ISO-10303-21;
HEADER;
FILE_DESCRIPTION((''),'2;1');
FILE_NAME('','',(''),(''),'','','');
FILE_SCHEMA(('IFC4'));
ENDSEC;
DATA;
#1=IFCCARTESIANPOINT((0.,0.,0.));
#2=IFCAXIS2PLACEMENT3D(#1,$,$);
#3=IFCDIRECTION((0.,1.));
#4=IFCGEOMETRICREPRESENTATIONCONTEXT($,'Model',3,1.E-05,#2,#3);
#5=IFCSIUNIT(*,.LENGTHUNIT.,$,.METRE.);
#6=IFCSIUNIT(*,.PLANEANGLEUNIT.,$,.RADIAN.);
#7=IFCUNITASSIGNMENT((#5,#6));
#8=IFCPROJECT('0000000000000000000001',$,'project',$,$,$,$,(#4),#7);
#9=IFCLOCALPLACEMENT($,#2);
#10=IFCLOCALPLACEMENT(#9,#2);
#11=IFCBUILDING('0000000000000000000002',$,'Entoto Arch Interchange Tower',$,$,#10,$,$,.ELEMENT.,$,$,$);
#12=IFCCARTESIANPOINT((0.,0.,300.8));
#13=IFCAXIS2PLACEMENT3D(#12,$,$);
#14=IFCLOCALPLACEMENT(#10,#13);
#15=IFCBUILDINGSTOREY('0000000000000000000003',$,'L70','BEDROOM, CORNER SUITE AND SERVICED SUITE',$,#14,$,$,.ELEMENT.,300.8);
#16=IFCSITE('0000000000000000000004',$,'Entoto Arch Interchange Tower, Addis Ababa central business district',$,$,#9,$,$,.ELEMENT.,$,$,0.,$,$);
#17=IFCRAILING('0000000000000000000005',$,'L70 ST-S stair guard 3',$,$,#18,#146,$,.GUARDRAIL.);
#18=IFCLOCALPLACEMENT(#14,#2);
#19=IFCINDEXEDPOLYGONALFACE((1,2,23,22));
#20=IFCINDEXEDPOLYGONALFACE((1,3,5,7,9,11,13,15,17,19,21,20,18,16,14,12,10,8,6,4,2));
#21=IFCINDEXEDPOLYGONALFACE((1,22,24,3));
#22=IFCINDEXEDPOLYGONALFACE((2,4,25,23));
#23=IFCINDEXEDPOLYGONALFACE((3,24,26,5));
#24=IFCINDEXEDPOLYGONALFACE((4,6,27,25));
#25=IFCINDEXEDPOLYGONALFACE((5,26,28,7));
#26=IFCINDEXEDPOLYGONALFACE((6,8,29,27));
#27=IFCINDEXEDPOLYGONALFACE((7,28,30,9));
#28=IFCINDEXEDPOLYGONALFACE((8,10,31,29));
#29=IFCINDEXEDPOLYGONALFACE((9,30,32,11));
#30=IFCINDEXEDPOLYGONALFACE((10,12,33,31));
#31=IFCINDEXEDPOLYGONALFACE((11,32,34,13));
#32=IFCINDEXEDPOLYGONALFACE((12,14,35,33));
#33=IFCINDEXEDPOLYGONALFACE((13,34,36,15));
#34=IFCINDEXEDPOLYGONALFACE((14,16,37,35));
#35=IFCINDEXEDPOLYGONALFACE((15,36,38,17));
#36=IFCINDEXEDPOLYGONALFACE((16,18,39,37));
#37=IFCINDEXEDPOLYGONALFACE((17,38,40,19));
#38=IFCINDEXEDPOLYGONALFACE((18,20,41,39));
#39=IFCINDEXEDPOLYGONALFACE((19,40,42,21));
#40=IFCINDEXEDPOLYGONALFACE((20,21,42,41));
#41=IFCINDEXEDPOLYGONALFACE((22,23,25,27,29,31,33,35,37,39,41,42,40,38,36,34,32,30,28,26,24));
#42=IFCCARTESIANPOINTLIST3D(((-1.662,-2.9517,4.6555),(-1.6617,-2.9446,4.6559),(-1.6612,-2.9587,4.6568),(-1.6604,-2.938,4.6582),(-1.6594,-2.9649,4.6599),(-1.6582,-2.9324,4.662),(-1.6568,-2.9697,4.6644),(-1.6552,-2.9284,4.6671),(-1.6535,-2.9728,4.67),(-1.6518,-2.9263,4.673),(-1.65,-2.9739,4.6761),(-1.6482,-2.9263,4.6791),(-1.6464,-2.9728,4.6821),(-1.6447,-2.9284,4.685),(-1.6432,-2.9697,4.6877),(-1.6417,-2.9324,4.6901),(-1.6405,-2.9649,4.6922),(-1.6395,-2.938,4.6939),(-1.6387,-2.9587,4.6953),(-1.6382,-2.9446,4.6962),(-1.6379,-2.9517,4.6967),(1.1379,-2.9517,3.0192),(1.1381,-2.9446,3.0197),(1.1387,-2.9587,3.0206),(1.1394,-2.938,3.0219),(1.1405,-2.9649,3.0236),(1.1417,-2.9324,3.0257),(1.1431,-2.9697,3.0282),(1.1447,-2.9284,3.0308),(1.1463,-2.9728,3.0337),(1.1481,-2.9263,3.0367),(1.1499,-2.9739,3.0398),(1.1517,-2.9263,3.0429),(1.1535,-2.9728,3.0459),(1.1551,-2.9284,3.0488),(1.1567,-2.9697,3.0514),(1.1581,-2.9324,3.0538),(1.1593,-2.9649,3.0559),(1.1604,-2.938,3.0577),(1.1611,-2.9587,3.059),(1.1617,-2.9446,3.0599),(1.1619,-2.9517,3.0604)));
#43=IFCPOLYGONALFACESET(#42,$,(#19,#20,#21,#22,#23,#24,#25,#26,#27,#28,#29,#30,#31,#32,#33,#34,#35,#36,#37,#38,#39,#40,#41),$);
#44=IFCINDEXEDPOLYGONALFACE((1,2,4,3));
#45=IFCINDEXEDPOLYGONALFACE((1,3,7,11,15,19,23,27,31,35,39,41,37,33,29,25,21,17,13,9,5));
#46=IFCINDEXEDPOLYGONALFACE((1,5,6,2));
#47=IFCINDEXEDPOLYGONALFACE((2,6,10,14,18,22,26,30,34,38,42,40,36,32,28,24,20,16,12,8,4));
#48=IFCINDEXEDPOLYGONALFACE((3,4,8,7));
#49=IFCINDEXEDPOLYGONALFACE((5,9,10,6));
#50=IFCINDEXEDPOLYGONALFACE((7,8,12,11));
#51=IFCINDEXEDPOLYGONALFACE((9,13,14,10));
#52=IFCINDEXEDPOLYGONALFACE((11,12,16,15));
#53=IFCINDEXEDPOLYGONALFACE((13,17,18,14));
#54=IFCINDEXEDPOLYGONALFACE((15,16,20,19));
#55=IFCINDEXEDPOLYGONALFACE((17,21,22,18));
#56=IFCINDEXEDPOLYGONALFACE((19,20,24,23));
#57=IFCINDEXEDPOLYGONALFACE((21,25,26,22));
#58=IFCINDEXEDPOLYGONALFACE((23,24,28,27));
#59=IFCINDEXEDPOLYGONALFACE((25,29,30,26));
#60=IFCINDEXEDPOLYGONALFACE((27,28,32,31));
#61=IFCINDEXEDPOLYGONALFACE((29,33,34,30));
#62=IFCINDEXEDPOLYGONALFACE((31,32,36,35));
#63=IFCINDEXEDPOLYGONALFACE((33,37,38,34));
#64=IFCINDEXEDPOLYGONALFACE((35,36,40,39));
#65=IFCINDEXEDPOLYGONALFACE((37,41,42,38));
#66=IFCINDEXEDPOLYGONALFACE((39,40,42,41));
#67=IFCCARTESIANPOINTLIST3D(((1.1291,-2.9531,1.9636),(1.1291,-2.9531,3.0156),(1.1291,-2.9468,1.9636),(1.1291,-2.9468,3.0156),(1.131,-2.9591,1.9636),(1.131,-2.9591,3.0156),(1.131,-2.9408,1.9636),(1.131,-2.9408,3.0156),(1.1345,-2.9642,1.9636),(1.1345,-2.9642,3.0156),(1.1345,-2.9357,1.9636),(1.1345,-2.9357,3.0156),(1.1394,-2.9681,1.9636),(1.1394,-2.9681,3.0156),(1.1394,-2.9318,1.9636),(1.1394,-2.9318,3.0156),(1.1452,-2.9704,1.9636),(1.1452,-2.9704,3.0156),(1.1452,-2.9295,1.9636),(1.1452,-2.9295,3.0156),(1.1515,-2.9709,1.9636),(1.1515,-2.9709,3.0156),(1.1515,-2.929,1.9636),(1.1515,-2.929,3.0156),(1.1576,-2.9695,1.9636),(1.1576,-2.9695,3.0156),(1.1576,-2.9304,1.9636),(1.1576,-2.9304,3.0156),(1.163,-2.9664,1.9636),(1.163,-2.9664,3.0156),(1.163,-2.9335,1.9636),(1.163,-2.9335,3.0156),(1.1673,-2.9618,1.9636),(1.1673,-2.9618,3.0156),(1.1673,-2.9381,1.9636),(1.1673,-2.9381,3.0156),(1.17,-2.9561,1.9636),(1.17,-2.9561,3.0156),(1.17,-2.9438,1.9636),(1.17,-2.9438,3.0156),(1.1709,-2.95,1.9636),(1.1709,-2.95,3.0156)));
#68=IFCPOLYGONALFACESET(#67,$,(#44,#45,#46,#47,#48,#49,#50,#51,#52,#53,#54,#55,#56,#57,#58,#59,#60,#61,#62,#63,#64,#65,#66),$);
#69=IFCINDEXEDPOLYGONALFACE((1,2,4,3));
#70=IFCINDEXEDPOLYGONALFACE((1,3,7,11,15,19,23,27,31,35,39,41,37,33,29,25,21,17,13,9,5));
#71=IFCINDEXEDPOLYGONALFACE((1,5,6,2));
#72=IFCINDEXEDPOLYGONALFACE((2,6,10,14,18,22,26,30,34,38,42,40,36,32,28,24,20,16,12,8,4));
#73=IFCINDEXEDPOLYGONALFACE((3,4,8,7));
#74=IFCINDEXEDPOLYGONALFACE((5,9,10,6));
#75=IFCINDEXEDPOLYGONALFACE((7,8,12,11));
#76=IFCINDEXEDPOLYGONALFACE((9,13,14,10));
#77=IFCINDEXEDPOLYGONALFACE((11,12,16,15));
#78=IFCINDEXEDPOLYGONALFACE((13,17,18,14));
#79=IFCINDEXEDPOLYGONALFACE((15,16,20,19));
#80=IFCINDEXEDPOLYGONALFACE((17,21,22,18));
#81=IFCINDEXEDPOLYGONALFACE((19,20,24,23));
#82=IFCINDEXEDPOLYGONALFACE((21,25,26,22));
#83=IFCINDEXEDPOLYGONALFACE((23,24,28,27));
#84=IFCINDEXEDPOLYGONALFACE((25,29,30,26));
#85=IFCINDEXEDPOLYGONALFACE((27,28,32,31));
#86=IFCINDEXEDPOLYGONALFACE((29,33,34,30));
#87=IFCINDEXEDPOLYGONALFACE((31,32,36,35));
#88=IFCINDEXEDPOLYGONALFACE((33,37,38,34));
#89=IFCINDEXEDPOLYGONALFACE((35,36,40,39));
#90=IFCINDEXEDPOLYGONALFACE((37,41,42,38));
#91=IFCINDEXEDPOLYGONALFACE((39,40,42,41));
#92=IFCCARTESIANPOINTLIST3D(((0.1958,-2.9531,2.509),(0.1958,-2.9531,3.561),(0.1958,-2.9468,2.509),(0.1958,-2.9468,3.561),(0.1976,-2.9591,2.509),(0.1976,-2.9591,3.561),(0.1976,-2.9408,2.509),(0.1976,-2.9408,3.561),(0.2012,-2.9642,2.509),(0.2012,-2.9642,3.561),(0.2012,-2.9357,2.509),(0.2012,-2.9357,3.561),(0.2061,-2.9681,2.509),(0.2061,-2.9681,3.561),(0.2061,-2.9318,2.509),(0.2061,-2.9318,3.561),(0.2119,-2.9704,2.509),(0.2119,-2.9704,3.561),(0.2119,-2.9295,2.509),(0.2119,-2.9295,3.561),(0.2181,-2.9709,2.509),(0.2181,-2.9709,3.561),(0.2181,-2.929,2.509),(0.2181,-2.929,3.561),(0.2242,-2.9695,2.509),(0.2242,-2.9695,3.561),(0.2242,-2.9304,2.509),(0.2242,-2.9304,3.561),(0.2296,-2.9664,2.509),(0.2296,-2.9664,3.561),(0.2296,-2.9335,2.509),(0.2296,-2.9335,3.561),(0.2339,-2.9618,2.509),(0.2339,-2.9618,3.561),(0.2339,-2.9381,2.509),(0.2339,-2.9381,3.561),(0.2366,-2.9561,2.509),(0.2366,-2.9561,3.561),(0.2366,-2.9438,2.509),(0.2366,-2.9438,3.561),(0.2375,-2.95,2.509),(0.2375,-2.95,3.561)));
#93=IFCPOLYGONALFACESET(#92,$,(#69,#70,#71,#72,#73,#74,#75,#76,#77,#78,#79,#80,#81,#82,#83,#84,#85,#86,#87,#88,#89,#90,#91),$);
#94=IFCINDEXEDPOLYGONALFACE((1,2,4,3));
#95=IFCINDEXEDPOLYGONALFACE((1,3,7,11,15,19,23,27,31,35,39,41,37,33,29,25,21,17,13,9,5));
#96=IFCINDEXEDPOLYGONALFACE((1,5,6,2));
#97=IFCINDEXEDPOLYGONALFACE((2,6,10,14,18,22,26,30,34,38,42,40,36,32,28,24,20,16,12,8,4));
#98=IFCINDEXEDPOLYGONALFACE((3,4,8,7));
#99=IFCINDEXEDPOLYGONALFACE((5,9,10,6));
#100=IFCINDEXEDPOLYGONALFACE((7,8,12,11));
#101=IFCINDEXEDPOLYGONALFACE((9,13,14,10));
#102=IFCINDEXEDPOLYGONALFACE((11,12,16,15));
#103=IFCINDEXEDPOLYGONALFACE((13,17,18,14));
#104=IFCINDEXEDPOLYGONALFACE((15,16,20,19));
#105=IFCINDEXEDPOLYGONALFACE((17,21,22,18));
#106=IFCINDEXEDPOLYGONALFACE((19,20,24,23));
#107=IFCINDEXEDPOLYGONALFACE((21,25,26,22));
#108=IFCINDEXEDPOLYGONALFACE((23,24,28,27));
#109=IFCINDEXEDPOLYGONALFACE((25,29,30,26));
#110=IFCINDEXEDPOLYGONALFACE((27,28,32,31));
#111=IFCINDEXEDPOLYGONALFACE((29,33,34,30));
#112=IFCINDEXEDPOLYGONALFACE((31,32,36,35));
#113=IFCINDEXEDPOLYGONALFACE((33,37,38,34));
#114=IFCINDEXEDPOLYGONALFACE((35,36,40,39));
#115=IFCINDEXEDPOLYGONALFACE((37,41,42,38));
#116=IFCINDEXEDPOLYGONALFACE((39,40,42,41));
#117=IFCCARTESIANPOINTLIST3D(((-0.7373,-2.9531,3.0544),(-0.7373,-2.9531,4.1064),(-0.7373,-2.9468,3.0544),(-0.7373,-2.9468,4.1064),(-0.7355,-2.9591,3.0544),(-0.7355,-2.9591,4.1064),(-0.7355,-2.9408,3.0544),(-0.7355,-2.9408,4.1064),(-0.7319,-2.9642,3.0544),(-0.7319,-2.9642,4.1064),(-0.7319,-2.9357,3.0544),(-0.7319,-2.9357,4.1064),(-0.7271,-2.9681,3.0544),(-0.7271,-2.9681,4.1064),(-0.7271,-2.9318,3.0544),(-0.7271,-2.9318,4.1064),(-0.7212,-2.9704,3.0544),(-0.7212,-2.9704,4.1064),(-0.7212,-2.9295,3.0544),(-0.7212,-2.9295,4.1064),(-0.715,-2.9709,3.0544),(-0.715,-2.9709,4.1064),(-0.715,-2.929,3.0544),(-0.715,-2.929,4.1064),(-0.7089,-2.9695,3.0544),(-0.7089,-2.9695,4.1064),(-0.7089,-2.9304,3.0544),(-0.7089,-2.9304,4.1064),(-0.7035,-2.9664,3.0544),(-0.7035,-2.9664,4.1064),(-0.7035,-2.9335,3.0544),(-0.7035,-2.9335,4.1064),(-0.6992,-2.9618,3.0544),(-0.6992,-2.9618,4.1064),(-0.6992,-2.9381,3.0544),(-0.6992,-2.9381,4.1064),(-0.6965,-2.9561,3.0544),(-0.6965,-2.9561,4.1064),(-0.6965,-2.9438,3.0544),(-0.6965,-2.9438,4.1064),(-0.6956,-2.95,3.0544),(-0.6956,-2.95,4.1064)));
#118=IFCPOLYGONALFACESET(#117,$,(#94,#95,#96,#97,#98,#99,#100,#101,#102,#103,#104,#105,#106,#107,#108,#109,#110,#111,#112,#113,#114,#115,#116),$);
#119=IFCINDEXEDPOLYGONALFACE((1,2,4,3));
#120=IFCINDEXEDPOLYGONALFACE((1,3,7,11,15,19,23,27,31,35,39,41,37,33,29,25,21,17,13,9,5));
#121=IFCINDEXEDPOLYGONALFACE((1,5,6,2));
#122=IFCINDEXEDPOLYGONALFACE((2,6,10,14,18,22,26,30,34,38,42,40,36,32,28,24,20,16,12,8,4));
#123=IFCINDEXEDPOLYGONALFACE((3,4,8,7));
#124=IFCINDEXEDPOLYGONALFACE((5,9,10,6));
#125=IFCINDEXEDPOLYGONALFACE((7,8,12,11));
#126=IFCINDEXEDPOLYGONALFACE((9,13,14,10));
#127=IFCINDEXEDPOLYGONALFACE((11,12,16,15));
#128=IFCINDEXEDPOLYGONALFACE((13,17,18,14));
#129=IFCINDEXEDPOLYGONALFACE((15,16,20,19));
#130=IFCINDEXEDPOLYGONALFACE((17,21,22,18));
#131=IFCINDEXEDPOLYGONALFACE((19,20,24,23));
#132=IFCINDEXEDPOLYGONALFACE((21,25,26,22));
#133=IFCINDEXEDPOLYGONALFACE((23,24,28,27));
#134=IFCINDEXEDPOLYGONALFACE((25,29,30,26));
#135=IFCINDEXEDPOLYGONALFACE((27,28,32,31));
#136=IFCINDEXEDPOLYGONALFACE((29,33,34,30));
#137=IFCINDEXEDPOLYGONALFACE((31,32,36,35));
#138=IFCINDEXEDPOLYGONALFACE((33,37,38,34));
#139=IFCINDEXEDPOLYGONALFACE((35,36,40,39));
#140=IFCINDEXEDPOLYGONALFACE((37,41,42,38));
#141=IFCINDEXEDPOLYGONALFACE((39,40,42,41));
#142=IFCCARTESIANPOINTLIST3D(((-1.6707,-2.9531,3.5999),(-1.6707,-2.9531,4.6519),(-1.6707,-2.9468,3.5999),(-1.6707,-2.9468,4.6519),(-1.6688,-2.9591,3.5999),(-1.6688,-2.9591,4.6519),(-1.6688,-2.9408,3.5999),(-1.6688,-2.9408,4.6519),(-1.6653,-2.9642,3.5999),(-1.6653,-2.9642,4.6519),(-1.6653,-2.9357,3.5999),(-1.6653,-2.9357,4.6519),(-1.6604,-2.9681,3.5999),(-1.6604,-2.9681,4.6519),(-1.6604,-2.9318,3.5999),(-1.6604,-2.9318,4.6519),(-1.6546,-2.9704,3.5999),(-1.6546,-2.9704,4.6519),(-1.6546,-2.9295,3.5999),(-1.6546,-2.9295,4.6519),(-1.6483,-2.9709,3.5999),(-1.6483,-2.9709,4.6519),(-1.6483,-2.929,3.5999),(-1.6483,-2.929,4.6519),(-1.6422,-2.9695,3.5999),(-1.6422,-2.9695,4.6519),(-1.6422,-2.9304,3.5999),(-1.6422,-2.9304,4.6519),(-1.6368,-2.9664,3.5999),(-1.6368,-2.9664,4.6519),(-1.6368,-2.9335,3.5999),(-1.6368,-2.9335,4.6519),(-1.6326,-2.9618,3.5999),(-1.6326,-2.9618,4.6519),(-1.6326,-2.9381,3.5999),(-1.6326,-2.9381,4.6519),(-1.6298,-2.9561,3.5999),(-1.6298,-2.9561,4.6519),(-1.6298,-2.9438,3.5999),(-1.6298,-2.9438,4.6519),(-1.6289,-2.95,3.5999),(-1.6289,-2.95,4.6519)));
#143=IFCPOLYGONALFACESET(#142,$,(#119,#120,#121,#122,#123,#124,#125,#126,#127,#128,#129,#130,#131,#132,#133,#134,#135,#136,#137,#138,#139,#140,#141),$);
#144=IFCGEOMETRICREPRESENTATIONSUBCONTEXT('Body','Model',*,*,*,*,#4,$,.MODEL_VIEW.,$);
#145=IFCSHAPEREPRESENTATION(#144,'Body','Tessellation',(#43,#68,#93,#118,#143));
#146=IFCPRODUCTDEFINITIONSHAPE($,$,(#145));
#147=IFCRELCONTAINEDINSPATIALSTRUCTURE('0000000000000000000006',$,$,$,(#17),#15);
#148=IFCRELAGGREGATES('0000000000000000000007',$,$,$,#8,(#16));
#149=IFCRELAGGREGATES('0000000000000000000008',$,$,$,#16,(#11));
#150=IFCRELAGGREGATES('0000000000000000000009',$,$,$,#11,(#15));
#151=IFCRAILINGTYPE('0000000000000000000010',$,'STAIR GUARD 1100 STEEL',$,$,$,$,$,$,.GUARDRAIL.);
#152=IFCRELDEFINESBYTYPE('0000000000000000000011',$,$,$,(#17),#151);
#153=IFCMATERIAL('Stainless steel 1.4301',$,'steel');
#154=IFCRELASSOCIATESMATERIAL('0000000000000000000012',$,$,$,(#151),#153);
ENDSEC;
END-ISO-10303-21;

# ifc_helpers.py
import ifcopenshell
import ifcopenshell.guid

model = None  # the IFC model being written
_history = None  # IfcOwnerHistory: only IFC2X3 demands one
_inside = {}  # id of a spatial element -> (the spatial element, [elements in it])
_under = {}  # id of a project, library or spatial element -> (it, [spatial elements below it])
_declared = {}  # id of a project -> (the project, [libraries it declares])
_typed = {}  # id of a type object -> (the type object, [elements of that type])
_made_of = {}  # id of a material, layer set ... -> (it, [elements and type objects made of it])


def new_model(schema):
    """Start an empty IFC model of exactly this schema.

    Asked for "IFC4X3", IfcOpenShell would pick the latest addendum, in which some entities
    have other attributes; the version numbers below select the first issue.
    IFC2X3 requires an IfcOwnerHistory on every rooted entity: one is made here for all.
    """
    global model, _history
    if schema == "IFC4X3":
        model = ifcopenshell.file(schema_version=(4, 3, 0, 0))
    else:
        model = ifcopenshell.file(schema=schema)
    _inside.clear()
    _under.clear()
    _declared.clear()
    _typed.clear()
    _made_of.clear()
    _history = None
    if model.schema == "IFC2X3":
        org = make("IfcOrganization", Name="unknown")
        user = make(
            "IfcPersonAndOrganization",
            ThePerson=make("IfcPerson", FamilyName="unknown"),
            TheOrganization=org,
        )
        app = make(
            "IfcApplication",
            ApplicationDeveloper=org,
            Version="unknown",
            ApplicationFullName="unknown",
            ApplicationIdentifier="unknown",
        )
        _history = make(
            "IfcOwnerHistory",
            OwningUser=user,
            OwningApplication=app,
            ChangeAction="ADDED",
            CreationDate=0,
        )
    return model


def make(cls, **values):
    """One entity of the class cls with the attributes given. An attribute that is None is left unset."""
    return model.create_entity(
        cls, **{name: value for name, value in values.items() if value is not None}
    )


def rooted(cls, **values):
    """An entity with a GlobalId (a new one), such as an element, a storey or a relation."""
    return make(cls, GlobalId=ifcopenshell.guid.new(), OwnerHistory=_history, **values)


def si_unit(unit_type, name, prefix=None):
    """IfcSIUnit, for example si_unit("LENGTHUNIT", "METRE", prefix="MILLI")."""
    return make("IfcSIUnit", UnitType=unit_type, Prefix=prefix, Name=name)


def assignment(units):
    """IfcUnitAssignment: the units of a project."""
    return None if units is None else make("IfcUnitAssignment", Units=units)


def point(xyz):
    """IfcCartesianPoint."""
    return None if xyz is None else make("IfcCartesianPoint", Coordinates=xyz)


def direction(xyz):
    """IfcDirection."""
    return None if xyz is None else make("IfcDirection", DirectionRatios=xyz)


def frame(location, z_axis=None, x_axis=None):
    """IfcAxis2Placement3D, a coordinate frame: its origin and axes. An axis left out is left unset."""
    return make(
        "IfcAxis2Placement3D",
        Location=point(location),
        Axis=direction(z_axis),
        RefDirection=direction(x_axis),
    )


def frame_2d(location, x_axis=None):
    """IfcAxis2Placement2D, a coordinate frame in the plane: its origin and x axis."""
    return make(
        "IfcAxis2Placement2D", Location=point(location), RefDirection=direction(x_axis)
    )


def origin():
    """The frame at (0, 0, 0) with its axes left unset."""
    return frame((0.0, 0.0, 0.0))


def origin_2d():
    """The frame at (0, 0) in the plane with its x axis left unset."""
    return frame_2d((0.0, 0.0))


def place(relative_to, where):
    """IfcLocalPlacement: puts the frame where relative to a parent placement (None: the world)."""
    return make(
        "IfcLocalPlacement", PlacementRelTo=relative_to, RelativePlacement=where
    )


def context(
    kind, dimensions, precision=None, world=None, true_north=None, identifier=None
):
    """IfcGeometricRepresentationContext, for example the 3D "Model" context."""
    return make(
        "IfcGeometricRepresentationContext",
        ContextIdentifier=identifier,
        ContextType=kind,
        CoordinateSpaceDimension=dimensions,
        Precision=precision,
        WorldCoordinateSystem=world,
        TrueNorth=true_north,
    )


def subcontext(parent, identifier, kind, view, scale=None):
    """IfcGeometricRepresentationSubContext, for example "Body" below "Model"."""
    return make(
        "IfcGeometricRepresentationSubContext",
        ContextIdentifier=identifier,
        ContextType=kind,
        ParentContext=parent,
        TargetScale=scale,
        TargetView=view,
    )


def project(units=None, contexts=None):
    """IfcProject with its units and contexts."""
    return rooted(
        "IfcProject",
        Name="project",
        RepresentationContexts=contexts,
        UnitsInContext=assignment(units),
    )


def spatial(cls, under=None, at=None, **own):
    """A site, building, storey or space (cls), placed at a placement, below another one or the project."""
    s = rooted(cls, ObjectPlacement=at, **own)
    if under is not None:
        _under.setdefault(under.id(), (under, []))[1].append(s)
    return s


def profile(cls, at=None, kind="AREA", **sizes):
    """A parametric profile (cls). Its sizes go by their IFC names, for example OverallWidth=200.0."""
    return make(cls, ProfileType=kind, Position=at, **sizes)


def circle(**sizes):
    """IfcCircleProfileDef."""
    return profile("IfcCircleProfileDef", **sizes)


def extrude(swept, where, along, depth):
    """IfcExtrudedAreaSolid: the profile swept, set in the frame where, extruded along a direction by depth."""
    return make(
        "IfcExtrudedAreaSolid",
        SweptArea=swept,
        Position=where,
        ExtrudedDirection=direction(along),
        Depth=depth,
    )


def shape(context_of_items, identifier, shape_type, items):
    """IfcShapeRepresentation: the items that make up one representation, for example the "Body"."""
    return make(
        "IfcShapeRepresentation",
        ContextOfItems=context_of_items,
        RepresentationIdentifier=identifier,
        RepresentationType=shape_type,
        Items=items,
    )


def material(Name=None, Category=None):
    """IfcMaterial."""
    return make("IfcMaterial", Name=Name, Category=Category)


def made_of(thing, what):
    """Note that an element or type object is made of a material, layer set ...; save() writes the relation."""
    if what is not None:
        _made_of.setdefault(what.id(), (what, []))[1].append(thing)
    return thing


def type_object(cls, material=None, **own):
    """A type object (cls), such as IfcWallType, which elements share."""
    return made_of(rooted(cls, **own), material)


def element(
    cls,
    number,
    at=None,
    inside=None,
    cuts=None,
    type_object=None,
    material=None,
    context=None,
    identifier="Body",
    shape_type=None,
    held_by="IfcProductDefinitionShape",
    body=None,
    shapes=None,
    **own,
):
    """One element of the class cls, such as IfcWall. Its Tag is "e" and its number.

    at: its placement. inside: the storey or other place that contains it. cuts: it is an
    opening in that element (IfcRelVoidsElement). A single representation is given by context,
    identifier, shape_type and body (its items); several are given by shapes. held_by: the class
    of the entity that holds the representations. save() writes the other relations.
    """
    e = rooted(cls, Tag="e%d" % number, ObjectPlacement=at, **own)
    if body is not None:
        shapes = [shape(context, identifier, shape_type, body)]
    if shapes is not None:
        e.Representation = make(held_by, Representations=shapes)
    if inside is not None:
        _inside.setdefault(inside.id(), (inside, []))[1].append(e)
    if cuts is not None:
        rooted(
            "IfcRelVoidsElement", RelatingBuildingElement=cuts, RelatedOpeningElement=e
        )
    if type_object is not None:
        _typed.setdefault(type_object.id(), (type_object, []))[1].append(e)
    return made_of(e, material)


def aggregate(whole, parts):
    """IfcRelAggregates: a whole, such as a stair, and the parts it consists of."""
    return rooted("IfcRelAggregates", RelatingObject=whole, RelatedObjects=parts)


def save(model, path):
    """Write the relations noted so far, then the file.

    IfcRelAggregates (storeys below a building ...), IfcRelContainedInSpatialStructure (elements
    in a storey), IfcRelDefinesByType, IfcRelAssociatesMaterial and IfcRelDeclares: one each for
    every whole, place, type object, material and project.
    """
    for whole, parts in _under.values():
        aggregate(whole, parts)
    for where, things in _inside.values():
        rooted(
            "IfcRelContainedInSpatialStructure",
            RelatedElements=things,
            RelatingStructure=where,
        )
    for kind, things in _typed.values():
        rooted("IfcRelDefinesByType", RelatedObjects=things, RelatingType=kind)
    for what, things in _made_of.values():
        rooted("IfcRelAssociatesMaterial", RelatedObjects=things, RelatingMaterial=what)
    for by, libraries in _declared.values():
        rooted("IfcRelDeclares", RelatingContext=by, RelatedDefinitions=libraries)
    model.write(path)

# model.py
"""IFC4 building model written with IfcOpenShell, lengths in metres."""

from ifc_helpers import new_model, si_unit, direction, frame, origin, origin_2d, place, context, subcontext, project, spatial, circle, extrude, material, type_object, element, save


model = new_model("IFC4")

# Units and contexts
model_context = context("Model", 3, precision=1e-05, world=origin(), true_north=direction((0.0, 1.0)))
body_context = subcontext(model_context, "Body", "Model", "MODEL_VIEW")
ifc_project = project(units=[si_unit("LENGTHUNIT", "METRE"), si_unit("PLANEANGLEUNIT", "RADIAN")], contexts=[model_context])

# Site, building, storey
site_placement = place(None, origin())
site = spatial("IfcSite", under=ifc_project, at=site_placement, Name="Entoto Arch Interchange Tower, Addis Ababa central business district", CompositionType="ELEMENT", RefElevation=0.0)
building_placement = place(site_placement, origin())
building = spatial("IfcBuilding", under=site, at=building_placement, Name="Entoto Arch Interchange Tower", CompositionType="ELEMENT")
storey_placement = place(building_placement, frame((0.0, 0.0, 300.8)))
storey = spatial("IfcBuildingStorey", under=building, at=storey_placement, Name="L70", Description="BEDROOM, CORNER SUITE AND SERVICED SUITE", CompositionType="ELEMENT", Elevation=300.8)

# Railing
ifc_material_1 = material(Name="Stainless steel 1.4301", Category="steel")
railing_type_1 = type_object("IfcRailingType", Name="STAIR GUARD 1100 STEEL", PredefinedType="GUARDRAIL", material=ifc_material_1)
railing_1_placement = place(storey_placement, frame((1.1499, -2.95, 1.9636)))
element("IfcRailing", 1, at=railing_1_placement, inside=storey, type_object=railing_type_1, Name="L70 ST-S stair guard 3", PredefinedType="GUARDRAIL", context=body_context, shape_type="SweptSolid", body=[
    extrude(circle(Radius=0.0239, at=origin_2d()), frame((0.0, 0.0, 1.0762), z_axis=(-0.863374, 0.0, 0.504564), x_axis=(0.0, -1.0, 0.0)), (0.0, 0.0, 1.0), 3.2429),
    extrude(circle(Radius=0.021, at=origin_2d()), origin(), (0.0, 0.0, 1.0), 1.052),
    extrude(circle(Radius=0.021, at=origin_2d()), frame((-0.9333, 0.0, 0.5454)), (0.0, 0.0, 1.0), 1.052),
    extrude(circle(Radius=0.021, at=origin_2d()), frame((-1.8665, 0.0, 1.0908)), (0.0, 0.0, 1.0), 1.052),
    extrude(circle(Radius=0.021, at=origin_2d()), frame((-2.7998, 0.0, 1.6362)), (0.0, 0.0, 1.0), 1.052),
])

save(model, "model.ifc")
